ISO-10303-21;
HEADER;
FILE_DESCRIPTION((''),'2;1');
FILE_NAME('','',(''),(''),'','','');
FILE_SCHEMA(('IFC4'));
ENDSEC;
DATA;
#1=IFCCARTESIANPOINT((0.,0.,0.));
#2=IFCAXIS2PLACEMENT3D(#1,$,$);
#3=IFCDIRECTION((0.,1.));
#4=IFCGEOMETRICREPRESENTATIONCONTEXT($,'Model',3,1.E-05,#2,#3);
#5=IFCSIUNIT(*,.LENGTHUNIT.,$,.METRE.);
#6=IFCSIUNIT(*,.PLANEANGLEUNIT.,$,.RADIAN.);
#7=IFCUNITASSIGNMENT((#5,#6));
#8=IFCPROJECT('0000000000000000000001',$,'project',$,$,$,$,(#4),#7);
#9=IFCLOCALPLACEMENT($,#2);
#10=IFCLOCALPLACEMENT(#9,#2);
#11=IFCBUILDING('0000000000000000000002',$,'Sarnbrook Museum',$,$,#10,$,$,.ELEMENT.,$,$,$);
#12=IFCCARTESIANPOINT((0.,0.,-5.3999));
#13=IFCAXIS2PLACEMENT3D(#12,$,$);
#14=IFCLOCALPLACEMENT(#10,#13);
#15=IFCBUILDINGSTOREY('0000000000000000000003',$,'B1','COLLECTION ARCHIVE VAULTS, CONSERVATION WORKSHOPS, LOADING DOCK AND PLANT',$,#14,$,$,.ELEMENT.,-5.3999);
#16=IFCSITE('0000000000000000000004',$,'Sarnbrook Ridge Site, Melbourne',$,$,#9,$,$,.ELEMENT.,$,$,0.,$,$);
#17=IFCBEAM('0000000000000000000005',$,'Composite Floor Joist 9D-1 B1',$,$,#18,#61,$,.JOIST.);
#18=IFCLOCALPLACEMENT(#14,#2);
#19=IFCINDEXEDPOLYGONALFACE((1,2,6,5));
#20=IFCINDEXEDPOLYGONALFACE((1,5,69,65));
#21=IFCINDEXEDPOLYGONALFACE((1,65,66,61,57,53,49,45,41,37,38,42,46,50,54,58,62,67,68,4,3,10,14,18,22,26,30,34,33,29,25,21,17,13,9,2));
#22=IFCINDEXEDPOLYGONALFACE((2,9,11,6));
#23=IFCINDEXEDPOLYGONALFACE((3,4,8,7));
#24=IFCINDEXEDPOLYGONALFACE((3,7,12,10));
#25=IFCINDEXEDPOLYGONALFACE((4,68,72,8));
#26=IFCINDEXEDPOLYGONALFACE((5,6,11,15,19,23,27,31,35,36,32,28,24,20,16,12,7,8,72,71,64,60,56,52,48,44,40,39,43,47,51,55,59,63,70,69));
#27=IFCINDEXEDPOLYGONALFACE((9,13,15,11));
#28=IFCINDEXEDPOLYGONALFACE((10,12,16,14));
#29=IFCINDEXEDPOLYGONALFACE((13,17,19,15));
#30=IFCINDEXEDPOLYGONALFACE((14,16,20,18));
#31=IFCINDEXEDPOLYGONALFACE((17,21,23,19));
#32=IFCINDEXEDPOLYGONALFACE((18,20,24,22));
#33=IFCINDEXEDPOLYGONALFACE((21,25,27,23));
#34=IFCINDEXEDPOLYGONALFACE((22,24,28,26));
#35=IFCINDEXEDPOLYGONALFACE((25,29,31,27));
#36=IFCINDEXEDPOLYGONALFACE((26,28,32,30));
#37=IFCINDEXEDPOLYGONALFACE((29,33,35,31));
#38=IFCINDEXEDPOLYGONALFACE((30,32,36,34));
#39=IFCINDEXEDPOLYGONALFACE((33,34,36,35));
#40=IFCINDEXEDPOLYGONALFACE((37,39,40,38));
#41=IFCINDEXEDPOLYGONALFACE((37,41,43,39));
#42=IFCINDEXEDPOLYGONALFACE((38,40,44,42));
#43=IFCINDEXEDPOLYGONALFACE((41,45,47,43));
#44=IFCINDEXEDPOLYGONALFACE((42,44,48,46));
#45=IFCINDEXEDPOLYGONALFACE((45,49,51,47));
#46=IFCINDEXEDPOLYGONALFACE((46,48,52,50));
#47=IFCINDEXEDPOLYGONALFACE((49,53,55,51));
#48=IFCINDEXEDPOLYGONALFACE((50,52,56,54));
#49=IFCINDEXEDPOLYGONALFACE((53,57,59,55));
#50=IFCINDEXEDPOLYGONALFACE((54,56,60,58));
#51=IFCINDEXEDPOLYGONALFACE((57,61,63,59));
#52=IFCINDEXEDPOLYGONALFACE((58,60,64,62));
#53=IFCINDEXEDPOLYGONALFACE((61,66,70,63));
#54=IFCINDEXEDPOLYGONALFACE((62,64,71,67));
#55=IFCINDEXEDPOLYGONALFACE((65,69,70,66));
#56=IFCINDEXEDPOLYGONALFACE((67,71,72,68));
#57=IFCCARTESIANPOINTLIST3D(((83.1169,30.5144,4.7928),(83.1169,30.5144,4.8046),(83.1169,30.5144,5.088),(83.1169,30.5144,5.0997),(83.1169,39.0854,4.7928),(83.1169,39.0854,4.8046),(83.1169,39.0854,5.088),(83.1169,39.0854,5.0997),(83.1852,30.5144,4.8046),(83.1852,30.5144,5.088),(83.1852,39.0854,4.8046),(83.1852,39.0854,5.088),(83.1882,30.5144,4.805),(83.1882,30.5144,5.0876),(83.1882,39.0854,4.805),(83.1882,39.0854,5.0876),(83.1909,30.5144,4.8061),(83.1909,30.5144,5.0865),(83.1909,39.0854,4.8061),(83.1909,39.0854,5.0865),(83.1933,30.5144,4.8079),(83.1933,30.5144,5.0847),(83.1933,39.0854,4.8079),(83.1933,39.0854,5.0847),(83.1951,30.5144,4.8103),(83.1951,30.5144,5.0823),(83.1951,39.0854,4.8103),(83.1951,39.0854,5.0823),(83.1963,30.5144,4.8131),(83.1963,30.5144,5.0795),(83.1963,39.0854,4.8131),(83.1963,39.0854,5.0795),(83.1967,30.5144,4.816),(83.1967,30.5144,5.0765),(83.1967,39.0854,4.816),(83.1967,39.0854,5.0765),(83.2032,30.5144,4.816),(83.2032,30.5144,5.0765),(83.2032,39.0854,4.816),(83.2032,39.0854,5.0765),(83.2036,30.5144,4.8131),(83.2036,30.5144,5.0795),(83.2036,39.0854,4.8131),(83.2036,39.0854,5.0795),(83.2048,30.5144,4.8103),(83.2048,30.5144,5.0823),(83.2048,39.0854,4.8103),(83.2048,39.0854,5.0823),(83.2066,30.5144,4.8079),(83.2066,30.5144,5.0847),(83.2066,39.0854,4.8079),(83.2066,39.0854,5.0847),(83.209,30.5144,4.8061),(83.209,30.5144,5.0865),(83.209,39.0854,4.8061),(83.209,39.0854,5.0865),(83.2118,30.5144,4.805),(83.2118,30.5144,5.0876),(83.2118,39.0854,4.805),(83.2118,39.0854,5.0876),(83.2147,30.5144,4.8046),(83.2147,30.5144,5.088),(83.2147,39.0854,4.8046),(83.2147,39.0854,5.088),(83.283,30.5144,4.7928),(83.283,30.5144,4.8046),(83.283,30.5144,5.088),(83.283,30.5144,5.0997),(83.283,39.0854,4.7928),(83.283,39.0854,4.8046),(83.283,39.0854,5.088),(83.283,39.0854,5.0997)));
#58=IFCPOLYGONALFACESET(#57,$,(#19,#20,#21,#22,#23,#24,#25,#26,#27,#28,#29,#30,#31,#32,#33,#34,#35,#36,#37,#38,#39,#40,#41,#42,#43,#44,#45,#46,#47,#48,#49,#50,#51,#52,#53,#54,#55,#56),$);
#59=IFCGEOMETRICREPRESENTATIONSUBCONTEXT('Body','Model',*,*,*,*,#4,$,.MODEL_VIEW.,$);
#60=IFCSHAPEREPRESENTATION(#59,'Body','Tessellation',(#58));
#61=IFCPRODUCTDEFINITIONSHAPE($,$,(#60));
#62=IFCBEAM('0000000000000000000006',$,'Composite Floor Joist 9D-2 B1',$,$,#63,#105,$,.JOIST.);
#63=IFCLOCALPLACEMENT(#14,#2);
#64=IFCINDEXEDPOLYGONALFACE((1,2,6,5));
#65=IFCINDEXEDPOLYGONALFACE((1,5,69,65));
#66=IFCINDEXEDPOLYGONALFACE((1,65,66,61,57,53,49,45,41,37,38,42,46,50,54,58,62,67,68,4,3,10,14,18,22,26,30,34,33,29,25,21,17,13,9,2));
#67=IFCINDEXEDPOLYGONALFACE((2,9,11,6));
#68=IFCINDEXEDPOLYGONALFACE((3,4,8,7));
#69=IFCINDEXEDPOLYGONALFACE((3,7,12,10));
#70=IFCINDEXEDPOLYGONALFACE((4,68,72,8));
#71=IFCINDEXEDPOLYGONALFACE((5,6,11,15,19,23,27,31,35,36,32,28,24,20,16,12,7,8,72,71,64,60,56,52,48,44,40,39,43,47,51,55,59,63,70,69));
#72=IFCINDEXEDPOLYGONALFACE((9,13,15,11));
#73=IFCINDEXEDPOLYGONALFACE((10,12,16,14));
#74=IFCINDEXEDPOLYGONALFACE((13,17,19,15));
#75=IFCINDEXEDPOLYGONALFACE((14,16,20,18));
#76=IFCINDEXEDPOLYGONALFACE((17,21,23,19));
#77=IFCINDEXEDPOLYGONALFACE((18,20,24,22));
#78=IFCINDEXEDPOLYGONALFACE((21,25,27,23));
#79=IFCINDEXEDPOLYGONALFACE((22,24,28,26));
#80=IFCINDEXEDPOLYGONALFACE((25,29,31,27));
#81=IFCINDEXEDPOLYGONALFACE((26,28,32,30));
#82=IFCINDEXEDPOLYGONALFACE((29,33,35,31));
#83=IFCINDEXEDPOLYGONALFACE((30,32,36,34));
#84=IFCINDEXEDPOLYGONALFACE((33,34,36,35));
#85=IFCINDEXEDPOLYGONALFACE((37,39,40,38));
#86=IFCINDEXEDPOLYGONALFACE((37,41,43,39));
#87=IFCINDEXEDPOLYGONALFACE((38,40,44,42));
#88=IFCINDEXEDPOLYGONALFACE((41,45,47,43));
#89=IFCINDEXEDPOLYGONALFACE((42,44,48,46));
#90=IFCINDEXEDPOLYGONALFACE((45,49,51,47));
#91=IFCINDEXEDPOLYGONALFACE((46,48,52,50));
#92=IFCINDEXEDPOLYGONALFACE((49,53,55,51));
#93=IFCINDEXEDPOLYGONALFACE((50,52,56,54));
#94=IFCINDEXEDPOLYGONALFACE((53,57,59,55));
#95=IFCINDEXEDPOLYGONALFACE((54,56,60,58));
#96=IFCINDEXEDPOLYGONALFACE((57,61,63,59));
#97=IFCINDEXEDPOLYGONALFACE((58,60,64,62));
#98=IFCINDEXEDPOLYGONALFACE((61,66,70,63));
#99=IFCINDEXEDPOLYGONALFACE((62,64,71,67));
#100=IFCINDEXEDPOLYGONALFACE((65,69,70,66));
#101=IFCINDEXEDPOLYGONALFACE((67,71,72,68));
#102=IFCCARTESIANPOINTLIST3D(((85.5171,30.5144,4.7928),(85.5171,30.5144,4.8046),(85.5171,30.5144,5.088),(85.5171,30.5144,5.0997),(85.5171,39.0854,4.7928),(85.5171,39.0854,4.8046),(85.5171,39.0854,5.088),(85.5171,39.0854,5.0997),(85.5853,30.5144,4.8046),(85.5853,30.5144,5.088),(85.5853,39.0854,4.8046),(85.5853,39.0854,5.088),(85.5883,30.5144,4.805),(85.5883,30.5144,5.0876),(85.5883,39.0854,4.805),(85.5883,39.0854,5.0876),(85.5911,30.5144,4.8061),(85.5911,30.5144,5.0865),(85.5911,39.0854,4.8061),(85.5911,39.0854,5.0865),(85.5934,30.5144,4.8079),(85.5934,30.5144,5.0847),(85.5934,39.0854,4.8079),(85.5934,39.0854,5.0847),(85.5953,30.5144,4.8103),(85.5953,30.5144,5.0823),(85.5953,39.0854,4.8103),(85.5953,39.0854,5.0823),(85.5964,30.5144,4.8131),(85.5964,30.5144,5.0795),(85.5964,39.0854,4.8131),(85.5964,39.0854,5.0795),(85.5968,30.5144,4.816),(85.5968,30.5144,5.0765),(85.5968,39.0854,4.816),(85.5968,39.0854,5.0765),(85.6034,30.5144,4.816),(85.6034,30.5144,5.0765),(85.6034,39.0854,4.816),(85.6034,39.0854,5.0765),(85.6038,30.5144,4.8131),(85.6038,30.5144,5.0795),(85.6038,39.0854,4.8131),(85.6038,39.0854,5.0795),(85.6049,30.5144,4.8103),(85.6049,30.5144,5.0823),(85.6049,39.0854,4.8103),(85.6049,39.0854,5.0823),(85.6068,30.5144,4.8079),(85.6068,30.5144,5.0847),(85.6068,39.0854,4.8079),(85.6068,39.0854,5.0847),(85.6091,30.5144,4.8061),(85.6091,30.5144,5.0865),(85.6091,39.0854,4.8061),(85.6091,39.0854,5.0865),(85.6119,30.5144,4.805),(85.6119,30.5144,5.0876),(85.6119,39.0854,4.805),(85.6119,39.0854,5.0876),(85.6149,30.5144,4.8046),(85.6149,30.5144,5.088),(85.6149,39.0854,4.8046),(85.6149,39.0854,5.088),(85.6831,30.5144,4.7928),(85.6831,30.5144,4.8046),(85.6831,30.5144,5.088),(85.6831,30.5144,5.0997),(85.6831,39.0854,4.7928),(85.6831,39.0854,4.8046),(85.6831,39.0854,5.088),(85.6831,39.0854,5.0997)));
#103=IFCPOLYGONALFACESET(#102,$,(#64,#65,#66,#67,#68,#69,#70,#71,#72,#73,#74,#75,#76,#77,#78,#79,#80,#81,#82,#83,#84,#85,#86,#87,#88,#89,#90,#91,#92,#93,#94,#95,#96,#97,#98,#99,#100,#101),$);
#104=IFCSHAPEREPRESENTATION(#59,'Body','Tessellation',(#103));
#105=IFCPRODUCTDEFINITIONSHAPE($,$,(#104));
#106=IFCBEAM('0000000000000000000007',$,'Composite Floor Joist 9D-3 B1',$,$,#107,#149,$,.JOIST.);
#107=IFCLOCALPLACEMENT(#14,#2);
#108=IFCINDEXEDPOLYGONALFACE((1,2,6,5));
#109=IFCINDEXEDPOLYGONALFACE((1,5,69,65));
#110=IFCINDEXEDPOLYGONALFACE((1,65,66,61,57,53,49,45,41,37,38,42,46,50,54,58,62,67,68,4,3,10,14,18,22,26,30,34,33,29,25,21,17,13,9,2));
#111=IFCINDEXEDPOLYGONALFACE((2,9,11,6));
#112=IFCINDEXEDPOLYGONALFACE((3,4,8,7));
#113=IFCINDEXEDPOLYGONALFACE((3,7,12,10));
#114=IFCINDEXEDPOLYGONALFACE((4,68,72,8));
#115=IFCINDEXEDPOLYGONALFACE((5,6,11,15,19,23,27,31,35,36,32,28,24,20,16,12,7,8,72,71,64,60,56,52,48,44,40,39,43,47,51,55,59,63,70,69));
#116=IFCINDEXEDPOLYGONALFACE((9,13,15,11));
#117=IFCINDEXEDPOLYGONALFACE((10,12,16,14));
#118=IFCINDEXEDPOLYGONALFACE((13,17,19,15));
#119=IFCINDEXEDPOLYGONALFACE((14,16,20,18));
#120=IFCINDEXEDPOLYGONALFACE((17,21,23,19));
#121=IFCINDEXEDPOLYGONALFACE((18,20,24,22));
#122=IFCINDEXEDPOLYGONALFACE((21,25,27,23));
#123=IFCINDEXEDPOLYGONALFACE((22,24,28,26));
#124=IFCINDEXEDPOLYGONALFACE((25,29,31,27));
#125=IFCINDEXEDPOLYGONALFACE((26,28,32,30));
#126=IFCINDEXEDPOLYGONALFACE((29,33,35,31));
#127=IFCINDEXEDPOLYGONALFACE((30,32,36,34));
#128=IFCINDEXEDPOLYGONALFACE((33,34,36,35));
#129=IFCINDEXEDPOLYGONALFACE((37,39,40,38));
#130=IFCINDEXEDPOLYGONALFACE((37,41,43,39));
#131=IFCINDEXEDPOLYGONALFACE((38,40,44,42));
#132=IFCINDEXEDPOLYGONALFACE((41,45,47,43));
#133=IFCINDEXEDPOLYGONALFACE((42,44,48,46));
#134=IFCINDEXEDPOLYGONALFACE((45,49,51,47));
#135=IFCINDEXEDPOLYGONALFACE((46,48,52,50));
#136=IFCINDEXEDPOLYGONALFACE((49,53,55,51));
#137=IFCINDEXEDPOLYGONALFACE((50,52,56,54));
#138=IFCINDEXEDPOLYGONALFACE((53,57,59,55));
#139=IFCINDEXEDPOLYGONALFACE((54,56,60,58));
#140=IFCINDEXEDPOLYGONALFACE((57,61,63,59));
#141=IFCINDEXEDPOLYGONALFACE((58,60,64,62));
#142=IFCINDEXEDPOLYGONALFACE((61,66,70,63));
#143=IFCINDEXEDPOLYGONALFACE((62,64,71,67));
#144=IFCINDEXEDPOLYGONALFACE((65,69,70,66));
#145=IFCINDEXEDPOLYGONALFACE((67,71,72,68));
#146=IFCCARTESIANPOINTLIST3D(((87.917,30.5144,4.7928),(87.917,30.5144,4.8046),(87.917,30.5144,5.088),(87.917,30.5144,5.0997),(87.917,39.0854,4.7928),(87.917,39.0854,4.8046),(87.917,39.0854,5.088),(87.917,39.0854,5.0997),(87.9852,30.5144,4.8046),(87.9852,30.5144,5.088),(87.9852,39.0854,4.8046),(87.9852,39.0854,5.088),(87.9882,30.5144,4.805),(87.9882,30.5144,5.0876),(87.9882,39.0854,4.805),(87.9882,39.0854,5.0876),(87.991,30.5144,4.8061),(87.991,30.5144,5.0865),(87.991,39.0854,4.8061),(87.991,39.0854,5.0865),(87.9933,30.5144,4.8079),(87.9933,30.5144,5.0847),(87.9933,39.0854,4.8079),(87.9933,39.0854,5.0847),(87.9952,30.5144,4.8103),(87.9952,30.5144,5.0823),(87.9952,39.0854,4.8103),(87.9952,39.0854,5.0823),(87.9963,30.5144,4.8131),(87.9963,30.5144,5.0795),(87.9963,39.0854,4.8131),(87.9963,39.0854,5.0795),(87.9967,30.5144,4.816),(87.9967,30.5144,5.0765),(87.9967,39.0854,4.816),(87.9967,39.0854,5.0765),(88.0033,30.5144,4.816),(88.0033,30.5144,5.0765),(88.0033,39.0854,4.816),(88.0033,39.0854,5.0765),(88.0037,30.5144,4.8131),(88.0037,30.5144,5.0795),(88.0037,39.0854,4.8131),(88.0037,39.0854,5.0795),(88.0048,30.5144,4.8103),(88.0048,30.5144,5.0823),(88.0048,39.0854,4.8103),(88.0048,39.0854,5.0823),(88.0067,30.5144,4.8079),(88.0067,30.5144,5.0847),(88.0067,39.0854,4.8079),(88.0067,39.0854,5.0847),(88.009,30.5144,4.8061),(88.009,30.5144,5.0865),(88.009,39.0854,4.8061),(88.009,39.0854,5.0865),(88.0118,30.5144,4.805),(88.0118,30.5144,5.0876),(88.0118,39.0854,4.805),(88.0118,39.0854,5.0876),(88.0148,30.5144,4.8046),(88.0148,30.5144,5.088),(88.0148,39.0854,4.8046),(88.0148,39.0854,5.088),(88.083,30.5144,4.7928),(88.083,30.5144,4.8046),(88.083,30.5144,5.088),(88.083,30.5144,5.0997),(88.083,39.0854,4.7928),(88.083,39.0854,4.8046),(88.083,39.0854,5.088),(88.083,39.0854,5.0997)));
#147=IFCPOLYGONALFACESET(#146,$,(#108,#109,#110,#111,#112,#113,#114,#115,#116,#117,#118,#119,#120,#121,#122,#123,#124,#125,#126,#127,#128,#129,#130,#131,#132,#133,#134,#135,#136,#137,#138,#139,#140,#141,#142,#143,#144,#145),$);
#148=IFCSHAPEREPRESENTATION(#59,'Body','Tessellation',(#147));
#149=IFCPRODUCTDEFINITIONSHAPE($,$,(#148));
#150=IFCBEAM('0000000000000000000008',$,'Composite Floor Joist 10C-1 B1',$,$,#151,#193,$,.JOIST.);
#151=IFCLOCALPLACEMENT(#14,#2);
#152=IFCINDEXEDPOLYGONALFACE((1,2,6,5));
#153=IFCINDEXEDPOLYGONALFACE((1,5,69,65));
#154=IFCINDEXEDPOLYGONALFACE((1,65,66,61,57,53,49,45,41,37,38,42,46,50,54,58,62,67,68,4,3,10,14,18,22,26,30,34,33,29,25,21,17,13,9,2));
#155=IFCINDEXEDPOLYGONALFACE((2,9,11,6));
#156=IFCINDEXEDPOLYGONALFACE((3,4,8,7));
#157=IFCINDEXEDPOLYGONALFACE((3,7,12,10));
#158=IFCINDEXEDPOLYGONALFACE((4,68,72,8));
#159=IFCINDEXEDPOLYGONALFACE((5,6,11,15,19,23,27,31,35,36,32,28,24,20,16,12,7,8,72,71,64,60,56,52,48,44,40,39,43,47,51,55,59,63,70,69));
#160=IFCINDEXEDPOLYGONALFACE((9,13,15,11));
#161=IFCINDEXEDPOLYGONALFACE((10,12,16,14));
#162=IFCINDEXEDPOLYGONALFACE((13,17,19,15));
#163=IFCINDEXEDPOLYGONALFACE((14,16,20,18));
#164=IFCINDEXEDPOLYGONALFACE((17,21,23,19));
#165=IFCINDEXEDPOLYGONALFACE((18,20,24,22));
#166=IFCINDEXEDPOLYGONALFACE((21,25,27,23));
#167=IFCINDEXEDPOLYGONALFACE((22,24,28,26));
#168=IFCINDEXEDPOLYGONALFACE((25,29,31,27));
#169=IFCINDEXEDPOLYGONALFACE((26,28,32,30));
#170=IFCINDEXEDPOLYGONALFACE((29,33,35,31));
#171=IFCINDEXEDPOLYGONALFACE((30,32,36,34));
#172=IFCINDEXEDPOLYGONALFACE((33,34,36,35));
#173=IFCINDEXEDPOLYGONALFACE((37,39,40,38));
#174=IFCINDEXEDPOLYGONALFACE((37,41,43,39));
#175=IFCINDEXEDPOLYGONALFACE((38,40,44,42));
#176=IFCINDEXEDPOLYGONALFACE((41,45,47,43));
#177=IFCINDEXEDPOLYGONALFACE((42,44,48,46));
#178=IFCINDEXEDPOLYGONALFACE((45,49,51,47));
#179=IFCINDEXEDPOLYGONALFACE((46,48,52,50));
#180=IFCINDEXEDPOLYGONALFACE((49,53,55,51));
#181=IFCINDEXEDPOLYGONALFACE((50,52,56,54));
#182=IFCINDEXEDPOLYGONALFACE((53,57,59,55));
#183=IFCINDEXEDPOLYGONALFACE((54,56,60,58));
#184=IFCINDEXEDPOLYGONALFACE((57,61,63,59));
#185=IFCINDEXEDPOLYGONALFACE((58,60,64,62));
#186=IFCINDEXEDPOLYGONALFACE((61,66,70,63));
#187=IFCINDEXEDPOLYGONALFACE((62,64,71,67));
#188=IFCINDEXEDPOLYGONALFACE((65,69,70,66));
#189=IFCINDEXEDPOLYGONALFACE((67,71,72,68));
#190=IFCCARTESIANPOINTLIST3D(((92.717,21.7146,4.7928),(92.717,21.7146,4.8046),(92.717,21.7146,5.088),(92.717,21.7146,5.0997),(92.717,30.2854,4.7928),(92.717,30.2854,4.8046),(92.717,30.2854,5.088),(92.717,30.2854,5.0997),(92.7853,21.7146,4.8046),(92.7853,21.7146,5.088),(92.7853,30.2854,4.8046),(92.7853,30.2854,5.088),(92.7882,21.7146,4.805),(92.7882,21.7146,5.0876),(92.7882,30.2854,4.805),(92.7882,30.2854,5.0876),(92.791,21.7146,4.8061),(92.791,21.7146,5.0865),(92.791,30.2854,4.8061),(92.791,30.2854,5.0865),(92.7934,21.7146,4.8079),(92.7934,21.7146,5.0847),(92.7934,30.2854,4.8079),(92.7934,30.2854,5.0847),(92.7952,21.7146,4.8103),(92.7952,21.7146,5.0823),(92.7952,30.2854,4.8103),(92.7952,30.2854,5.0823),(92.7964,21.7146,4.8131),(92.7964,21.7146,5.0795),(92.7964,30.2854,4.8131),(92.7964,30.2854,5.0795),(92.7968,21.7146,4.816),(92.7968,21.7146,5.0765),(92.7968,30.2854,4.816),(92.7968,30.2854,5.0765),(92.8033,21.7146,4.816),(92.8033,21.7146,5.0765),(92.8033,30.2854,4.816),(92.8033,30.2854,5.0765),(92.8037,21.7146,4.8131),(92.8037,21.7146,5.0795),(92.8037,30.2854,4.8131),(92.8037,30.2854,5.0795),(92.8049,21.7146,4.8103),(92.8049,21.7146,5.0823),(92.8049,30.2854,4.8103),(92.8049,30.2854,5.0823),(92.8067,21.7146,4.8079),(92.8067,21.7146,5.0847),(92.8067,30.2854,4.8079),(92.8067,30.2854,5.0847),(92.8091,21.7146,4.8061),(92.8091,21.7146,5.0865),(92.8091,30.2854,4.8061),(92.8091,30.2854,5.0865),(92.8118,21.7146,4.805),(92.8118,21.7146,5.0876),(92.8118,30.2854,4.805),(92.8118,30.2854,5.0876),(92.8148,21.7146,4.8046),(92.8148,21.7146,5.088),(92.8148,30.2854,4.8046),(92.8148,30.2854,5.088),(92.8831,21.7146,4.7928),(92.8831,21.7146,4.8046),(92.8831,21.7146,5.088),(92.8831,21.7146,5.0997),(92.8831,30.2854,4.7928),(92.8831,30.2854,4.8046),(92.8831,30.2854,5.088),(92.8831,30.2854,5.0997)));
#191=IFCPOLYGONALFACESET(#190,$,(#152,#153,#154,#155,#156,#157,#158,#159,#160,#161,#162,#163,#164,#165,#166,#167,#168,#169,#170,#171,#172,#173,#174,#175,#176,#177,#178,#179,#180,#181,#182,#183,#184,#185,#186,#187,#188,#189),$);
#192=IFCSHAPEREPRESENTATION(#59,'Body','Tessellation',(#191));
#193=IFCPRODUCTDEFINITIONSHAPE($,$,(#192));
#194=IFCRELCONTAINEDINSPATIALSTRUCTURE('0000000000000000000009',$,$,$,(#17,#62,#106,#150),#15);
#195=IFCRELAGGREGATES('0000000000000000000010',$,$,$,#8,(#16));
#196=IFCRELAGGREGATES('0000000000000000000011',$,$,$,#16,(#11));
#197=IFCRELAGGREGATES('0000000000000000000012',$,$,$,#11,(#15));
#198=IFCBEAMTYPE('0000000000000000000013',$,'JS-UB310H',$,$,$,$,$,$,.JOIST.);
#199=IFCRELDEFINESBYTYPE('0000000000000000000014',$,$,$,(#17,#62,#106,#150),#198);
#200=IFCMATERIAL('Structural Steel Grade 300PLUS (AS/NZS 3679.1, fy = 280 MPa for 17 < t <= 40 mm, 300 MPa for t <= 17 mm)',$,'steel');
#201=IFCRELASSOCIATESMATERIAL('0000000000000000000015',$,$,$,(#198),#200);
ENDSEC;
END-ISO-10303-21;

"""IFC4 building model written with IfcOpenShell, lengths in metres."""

from ifc_helpers import new_model, si_unit, direction, frame, origin, origin_2d, place, context, subcontext, project, spatial, i_section, extrude, material, material_profile, profile_set, type_object, element, save


model = new_model("IFC4")

# Units and contexts
model_context = context("Model", 3, precision=1e-05, world=origin(), true_north=direction((0.0, 1.0)))
body_context = subcontext(model_context, "Body", "Model", "MODEL_VIEW")
ifc_project = project(units=[si_unit("LENGTHUNIT", "METRE"), si_unit("PLANEANGLEUNIT", "RADIAN")], contexts=[model_context])

# Site, building, storey
site_placement = place(None, origin())
site = spatial("IfcSite", under=ifc_project, at=site_placement, Name="Sarnbrook Ridge Site, Melbourne", CompositionType="ELEMENT", RefElevation=0.0)
building_placement = place(site_placement, origin())
building = spatial("IfcBuilding", under=site, at=building_placement, Name="Sarnbrook Museum", CompositionType="ELEMENT")
storey_placement = place(building_placement, frame((0.0, 0.0, -5.3999)))
storey = spatial("IfcBuildingStorey", under=building, at=storey_placement, Name="B1", Description="COLLECTION ARCHIVE VAULTS, CONSERVATION WORKSHOPS, LOADING DOCK AND PLANT", CompositionType="ELEMENT", Elevation=-5.3999)

# Beams
ifc_material_1 = material(Name="Structural Steel Grade 300PLUS (AS/NZS 3679.1, fy = 280 MPa for 17 < t <= 40 mm, 300 MPa for t <= 17 mm)", Category="steel")
ifc_material_profile_1 = material_profile(ifc_material_1, i_section(OverallWidth=0.166, OverallDepth=0.3069, WebThickness=0.0066, FlangeThickness=0.0117, FilletRadius=0.0115, at=origin_2d()), Name="310UB46.2")
ifc_profile_set_1 = profile_set([ifc_material_profile_1], Name="Structural Steel Grade 300PLUS (AS/NZS 3679.1, fy = 280 MPa for 17 < t <= 40 mm, 300 MPa for t <= 17 mm)")
beam_type_1 = type_object("IfcBeamType", Name="JS-UB310H", PredefinedType="JOIST", material=ifc_profile_set_1)
for number, where, z_axis, x_axis, name in (
    (1, (83.2, 30.5144, 4.9463), (0.0, 1.0, 0.0), (-1.0, 0.0, 0.0), "Composite Floor Joist 9D-1 B1"),
    (2, (85.6001, 30.5144, 4.9463), (0.0, 1.0, 0.0), (-1.0, 0.0, 0.0), "Composite Floor Joist 9D-2 B1"),
    (3, (88.0, 30.5144, 4.9463), (0.0, 1.0, 0.0), (-1.0, 0.0, 0.0), "Composite Floor Joist 9D-3 B1"),
):
    element("IfcBeam", number, at=place(storey_placement, frame(where, z_axis=z_axis, x_axis=x_axis)), inside=storey, type_object=beam_type_1, Name=name, PredefinedType="JOIST", context=body_context, shape_type="SweptSolid", body=[
        extrude(i_section(OverallWidth=0.166, OverallDepth=0.3069, WebThickness=0.0066, FlangeThickness=0.0117, FilletRadius=0.0115, at=origin_2d()), origin(), (0.0, 0.0, 1.0), 8.571),
    ])
for number, where, z_axis, x_axis, name in (
    (4, (92.8, 21.7146, 4.9463), (0.0, 1.0, 0.0), (-1.0, 0.0, 0.0), "Composite Floor Joist 10C-1 B1"),
):
    element("IfcBeam", number, at=place(storey_placement, frame(where, z_axis=z_axis, x_axis=x_axis)), inside=storey, type_object=beam_type_1, Name=name, PredefinedType="JOIST", context=body_context, shape_type="SweptSolid", body=[
        extrude(i_section(OverallWidth=0.166, OverallDepth=0.3069, WebThickness=0.0066, FlangeThickness=0.0117, FilletRadius=0.0115, at=origin_2d()), origin(), (0.0, 0.0, 1.0), 8.5708),
    ])

save(model, "model.ifc")
